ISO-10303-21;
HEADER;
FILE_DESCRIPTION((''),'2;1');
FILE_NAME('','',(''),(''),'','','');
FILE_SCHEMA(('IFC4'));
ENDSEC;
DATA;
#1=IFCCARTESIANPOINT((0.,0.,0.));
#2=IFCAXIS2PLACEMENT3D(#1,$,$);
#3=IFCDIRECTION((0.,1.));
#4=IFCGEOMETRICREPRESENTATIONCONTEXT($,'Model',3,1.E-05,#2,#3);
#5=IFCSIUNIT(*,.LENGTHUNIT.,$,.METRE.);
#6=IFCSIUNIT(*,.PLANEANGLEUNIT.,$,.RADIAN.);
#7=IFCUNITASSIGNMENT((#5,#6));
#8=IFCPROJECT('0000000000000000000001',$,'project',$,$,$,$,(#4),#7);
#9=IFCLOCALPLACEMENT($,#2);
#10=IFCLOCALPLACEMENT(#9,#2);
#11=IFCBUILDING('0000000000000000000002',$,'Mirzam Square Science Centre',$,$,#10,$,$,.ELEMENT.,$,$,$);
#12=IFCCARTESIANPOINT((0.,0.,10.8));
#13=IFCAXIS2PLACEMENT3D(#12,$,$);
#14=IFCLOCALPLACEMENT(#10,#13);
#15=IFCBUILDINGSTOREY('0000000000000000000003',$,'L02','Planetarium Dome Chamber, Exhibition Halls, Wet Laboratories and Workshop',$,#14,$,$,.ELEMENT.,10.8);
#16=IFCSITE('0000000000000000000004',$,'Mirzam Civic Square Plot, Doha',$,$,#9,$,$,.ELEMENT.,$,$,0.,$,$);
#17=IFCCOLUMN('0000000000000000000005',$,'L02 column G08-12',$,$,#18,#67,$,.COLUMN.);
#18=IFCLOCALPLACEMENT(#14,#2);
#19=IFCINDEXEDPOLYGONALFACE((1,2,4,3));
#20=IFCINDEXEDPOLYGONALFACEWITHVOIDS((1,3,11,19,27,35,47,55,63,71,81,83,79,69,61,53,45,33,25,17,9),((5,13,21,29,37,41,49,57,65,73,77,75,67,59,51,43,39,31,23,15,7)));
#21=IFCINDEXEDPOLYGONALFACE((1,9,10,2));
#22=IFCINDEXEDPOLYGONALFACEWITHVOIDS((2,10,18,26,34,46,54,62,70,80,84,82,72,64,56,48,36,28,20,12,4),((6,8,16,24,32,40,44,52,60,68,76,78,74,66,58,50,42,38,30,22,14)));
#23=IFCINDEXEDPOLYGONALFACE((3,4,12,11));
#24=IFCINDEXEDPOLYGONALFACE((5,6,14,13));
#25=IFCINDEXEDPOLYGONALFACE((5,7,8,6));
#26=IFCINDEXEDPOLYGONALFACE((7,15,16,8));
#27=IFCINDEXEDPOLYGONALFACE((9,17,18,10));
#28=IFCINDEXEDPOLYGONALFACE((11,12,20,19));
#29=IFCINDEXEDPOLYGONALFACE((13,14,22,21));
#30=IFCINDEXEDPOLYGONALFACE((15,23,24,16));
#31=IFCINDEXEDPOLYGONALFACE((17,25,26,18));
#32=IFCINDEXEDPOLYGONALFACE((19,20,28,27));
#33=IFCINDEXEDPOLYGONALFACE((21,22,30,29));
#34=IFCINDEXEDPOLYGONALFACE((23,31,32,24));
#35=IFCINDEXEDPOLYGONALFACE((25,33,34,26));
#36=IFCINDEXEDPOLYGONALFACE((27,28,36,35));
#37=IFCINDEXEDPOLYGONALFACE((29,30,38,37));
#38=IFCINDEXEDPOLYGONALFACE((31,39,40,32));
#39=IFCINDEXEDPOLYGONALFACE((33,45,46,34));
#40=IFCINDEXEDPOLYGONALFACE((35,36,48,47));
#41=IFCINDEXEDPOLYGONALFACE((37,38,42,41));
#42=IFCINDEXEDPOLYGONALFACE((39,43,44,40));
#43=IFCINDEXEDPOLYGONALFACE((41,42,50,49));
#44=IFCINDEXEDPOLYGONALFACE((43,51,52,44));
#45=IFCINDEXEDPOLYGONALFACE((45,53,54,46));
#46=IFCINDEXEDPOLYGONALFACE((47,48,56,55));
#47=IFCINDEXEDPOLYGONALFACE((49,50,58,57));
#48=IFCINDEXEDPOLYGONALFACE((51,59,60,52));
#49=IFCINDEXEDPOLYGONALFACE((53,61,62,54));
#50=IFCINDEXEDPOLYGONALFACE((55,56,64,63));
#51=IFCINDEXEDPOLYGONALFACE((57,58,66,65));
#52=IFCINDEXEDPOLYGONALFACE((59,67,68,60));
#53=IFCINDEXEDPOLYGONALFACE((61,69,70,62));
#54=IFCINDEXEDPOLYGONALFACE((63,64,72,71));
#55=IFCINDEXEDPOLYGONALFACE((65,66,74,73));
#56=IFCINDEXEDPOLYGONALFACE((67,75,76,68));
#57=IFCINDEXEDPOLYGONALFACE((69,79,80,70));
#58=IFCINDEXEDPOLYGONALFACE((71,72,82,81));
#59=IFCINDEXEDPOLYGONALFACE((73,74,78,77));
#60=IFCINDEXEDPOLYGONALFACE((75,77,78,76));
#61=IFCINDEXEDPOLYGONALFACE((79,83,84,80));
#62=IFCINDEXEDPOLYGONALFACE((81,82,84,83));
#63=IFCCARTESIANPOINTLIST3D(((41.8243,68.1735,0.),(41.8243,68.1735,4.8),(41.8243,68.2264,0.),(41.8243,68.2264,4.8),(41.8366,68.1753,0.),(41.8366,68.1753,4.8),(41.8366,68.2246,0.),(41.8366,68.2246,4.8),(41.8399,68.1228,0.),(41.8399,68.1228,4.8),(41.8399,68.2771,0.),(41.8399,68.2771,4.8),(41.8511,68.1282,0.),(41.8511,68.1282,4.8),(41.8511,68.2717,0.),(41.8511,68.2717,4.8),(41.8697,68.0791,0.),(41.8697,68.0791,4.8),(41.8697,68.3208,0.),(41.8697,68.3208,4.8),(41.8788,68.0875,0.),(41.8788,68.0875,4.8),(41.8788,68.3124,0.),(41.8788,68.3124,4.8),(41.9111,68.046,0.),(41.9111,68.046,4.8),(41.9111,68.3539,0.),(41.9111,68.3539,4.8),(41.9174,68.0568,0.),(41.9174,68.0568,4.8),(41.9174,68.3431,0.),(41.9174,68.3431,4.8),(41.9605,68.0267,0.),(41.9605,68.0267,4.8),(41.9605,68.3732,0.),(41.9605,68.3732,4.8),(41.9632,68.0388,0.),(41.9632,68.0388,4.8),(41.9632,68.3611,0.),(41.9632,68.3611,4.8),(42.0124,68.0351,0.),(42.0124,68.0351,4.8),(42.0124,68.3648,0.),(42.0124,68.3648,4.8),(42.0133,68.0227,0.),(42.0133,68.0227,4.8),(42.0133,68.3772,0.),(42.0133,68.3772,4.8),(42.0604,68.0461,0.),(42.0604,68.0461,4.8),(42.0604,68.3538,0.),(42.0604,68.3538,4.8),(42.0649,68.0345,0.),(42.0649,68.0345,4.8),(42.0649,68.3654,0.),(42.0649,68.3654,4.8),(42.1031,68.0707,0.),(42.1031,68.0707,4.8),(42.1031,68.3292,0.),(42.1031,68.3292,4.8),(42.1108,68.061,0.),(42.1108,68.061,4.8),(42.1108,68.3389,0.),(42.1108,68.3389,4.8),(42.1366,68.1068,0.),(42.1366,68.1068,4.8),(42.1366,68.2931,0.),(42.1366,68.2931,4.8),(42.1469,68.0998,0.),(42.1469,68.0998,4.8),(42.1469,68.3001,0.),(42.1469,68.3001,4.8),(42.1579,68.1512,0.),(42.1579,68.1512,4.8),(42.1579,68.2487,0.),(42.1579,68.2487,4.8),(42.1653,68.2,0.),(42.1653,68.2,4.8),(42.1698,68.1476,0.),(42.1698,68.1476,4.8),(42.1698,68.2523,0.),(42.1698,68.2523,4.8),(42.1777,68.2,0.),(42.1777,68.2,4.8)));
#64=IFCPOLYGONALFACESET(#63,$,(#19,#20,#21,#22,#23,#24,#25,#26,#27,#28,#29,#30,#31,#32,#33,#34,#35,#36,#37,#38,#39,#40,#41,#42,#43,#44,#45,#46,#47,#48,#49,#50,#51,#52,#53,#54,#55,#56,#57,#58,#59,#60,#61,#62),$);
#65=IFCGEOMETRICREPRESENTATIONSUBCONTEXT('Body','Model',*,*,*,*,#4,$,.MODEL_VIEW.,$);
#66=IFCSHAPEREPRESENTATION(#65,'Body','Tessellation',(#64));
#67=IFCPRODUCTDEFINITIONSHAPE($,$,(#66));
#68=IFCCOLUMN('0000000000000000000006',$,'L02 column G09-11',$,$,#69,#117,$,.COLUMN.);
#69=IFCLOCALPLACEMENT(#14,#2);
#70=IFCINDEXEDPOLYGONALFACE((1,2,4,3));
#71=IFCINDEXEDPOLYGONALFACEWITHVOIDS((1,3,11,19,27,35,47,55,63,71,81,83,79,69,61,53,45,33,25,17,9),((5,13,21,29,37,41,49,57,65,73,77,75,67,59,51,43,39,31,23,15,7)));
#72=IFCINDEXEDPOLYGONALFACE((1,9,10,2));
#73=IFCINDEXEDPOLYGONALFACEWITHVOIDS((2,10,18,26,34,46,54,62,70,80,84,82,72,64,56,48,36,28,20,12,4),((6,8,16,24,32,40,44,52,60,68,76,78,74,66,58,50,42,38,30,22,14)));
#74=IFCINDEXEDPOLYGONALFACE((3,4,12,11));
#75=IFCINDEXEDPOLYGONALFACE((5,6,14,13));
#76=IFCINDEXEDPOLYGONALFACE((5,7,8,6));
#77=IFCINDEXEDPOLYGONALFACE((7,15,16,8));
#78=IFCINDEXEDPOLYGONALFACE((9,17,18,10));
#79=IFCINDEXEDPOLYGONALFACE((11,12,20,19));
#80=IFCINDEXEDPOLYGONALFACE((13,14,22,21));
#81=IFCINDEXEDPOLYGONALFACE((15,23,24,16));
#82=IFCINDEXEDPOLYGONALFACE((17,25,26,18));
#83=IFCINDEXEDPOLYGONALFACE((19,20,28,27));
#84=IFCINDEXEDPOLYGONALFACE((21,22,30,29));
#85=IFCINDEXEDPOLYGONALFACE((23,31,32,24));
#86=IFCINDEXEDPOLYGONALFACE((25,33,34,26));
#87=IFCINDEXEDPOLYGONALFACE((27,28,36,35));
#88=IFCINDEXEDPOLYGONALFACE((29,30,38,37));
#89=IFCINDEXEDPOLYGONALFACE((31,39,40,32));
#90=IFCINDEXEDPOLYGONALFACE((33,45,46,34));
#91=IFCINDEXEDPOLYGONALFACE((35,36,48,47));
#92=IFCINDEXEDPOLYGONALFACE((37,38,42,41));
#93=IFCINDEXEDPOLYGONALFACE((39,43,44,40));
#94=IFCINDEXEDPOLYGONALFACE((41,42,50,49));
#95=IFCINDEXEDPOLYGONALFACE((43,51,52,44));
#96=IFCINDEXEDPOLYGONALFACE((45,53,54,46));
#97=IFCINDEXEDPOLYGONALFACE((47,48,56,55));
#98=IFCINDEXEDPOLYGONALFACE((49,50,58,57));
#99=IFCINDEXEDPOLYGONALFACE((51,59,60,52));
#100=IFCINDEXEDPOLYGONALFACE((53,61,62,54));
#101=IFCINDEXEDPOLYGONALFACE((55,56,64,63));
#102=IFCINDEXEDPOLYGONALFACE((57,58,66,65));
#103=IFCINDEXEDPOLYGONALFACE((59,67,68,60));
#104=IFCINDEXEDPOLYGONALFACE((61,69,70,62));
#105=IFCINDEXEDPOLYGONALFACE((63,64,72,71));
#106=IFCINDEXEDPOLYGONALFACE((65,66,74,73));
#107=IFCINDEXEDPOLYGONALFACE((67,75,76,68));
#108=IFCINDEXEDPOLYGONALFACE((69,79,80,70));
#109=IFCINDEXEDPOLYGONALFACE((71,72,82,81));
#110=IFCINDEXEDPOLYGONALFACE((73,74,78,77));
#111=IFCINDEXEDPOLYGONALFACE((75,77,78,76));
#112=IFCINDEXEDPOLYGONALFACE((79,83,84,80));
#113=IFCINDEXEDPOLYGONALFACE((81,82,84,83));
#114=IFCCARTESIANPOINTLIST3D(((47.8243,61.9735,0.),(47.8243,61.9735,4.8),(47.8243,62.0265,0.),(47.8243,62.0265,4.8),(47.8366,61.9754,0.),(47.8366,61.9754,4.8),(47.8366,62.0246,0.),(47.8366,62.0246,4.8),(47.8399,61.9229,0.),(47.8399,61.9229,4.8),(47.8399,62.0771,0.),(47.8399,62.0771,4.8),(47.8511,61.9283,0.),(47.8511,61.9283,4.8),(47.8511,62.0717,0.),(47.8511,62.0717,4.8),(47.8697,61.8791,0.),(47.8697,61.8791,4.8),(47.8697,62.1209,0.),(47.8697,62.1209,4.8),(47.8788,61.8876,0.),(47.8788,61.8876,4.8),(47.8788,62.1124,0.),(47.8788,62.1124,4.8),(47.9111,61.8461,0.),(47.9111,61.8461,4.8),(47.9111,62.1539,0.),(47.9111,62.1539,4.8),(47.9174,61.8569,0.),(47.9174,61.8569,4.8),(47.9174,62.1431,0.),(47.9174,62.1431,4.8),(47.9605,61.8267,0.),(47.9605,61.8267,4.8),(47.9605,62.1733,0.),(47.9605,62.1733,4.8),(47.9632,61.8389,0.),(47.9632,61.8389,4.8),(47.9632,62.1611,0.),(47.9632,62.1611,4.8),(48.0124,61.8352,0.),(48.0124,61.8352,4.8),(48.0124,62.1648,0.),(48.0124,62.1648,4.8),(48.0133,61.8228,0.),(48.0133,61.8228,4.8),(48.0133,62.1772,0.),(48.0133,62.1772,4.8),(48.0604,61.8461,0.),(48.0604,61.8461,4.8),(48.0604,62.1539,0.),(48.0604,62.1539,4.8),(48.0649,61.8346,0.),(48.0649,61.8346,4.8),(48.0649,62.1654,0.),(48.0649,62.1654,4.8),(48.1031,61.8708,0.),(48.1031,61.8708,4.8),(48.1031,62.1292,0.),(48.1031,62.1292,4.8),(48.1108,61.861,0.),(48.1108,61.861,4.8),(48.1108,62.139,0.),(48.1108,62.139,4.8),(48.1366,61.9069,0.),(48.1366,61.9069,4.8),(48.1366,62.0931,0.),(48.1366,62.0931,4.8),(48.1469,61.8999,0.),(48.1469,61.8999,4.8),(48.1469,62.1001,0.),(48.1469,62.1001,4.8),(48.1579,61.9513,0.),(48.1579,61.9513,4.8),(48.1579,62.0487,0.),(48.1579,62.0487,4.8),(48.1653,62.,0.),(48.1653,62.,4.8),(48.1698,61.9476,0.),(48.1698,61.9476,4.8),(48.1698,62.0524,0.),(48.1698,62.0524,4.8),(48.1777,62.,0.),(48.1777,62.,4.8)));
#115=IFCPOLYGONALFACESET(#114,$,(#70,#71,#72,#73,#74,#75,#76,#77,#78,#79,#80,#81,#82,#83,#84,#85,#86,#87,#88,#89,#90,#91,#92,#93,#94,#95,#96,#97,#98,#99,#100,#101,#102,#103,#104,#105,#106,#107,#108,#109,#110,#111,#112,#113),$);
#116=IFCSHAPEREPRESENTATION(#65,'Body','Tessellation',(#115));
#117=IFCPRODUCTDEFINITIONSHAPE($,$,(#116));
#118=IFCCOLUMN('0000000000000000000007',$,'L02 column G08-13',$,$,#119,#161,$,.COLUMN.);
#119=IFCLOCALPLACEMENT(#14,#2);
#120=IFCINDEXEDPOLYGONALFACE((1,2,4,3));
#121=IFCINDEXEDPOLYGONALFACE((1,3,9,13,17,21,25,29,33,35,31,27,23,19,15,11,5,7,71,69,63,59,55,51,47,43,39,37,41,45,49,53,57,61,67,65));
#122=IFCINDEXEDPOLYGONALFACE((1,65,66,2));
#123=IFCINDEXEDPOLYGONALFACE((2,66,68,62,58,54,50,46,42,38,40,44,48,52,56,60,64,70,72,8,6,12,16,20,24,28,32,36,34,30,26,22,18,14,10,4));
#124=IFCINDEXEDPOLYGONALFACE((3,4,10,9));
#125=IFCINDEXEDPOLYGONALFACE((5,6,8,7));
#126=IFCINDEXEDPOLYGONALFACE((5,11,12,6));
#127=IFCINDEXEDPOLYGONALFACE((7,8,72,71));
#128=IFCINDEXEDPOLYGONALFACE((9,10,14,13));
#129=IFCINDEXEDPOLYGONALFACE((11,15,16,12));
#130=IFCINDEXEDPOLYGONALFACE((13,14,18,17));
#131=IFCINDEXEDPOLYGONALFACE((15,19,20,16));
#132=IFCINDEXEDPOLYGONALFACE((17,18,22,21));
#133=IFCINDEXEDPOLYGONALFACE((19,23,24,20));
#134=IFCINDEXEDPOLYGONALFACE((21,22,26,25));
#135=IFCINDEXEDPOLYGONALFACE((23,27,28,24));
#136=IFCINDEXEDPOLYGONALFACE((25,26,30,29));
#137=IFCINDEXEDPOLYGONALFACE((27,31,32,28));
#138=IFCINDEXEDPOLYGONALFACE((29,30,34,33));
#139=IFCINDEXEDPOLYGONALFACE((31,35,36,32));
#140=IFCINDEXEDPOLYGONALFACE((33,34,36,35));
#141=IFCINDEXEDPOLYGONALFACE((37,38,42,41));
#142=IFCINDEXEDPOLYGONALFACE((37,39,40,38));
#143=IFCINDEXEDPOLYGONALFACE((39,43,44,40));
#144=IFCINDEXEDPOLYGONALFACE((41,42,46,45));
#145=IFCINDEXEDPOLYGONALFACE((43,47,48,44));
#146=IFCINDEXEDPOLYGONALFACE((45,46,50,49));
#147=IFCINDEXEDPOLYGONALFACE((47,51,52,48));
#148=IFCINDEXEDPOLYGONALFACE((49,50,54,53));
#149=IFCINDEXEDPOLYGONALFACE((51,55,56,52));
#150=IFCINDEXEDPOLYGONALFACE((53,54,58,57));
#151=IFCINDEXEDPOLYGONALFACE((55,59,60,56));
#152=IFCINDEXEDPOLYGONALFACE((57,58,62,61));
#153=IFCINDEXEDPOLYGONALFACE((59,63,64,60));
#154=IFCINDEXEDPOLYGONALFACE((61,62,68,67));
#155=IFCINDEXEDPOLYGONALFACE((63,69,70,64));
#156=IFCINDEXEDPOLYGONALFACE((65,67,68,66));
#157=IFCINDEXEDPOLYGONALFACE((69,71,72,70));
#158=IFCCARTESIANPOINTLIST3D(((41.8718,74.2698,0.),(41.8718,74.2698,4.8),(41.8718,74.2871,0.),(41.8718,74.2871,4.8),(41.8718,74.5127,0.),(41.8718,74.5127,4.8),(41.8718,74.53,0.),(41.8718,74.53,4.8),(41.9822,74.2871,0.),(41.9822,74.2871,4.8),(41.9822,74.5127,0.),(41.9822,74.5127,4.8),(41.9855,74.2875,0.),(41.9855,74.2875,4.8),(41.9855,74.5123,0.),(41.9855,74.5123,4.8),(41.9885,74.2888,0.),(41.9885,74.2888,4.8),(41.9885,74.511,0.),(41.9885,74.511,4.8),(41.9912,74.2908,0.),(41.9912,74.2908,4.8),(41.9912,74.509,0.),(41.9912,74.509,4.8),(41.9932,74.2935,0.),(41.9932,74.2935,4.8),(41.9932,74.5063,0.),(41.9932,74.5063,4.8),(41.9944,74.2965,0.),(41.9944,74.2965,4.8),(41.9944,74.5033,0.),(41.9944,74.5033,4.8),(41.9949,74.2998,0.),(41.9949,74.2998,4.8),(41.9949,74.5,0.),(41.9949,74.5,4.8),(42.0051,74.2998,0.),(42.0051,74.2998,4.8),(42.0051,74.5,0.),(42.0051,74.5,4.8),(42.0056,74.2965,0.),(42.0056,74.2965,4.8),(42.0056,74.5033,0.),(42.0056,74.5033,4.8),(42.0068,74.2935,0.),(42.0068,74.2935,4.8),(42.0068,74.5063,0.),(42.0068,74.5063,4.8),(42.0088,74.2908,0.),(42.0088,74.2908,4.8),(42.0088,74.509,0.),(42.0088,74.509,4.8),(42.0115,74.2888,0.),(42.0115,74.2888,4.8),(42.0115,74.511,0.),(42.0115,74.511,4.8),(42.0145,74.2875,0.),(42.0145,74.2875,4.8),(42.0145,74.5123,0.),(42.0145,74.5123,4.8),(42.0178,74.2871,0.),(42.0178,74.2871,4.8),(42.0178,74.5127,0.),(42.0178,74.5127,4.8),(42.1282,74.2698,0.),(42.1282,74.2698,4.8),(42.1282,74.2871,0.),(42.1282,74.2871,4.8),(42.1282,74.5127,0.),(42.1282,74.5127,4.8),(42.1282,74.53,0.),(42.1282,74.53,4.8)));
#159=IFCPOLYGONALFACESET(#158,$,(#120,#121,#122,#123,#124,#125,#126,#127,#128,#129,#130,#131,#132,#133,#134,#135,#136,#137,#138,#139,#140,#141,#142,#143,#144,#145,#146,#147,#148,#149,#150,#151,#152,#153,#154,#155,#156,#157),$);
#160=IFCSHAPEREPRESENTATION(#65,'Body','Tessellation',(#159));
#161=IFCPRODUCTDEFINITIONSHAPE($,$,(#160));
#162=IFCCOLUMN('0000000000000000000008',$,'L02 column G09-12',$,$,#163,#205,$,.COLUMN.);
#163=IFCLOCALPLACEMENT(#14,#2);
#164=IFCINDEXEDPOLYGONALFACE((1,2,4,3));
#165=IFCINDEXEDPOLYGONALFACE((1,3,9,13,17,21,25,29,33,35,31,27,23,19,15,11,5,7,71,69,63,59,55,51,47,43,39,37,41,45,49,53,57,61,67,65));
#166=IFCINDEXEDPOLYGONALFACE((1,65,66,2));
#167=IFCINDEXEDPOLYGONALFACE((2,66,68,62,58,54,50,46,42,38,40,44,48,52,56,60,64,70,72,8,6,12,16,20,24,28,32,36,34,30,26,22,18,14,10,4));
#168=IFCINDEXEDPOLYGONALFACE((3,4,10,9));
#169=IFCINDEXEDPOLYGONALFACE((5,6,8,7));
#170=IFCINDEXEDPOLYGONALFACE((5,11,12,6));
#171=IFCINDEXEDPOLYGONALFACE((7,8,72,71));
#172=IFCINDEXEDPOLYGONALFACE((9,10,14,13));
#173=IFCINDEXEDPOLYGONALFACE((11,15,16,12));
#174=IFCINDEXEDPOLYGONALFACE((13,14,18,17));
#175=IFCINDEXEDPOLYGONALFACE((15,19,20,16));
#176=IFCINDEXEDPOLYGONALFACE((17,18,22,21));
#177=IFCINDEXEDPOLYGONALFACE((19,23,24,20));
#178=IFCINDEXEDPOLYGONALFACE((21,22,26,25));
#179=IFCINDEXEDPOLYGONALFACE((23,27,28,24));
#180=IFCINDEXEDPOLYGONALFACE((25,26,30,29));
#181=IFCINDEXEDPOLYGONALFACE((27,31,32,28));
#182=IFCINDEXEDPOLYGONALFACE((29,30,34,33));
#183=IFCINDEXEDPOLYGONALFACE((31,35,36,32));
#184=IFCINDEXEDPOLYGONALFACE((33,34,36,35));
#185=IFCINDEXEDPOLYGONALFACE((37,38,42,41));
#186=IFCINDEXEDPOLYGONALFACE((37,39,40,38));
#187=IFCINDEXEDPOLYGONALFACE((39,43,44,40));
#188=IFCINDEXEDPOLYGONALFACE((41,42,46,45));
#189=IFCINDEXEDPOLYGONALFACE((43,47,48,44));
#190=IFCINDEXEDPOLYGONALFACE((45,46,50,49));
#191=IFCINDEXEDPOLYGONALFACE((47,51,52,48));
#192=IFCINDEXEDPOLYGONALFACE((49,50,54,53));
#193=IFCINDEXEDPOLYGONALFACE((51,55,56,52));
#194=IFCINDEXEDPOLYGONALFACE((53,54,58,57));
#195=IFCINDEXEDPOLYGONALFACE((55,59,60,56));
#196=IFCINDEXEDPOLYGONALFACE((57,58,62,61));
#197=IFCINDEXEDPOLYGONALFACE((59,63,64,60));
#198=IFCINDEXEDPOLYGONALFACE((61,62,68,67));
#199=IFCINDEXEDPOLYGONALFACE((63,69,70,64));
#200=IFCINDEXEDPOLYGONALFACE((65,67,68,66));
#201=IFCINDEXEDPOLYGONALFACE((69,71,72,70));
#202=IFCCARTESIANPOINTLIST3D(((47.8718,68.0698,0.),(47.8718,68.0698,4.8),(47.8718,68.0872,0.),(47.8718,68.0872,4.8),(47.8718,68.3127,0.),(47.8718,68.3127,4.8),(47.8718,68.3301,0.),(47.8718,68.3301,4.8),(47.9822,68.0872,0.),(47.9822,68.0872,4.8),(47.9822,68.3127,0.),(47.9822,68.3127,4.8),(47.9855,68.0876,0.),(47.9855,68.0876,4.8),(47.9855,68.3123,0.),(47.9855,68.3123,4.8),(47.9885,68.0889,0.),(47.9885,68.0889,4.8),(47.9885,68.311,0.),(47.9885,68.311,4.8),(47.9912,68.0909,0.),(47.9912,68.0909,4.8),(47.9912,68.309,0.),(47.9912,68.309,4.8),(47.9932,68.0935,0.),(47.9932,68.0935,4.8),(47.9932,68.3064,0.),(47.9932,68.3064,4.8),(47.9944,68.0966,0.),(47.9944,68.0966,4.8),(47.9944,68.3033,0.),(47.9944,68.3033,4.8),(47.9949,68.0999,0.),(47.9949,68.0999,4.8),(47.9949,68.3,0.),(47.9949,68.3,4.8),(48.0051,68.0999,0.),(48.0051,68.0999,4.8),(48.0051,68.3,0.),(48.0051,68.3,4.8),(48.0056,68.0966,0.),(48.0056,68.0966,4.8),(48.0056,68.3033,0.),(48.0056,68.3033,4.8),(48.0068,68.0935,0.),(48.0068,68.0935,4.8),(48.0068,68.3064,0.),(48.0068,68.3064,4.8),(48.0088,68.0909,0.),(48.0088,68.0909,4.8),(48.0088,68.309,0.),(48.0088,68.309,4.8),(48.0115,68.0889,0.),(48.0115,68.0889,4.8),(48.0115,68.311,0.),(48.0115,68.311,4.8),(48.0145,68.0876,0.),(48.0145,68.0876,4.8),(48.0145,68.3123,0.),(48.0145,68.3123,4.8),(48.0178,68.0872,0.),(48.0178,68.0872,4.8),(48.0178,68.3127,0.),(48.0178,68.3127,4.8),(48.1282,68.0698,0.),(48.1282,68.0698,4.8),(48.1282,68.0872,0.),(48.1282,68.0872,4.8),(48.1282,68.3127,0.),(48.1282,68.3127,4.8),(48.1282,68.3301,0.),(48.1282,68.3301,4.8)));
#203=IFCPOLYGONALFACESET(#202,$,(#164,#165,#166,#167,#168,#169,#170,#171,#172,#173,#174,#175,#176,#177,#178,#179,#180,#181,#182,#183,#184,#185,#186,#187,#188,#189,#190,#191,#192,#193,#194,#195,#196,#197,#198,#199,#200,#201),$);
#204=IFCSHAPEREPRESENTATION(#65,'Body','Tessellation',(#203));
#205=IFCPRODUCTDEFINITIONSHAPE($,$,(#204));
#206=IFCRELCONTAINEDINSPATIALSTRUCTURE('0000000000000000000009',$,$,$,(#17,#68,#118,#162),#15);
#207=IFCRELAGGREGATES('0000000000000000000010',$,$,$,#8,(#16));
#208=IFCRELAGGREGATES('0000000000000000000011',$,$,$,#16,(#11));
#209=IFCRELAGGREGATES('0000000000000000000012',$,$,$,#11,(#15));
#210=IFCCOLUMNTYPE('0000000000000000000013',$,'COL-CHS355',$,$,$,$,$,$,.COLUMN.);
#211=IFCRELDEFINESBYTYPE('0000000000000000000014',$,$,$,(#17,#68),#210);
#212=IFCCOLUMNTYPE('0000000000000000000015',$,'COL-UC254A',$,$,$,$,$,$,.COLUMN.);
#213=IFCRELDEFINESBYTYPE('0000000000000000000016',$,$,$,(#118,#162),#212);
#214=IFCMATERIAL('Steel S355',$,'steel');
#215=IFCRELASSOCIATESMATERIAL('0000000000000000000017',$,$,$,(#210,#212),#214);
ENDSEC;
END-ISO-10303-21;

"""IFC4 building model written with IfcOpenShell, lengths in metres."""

from ifc_helpers import new_model, si_unit, direction, frame, origin, origin_2d, place, context, subcontext, project, spatial, hollow_circle, i_section, extrude, material, material_profile, profile_set, type_object, element, save


model = new_model("IFC4")

# Units and contexts
model_context = context("Model", 3, precision=1e-05, world=origin(), true_north=direction((0.0, 1.0)))
body_context = subcontext(model_context, "Body", "Model", "MODEL_VIEW")
ifc_project = project(units=[si_unit("LENGTHUNIT", "METRE"), si_unit("PLANEANGLEUNIT", "RADIAN")], contexts=[model_context])

# Site, building, storey
site_placement = place(None, origin())
site = spatial("IfcSite", under=ifc_project, at=site_placement, Name="Mirzam Civic Square Plot, Doha", CompositionType="ELEMENT", RefElevation=0.0)
building_placement = place(site_placement, origin())
building = spatial("IfcBuilding", under=site, at=building_placement, Name="Mirzam Square Science Centre", CompositionType="ELEMENT")
storey_placement = place(building_placement, frame((0.0, 0.0, 10.8)))
storey = spatial("IfcBuildingStorey", under=building, at=storey_placement, Name="L02", Description="Planetarium Dome Chamber, Exhibition Halls, Wet Laboratories and Workshop", CompositionType="ELEMENT", Elevation=10.8)

# Columns
ifc_material_1 = material(Name="Steel S355", Category="steel")
ifc_material_profile_1 = material_profile(ifc_material_1, hollow_circle(Radius=0.1777, WallThickness=0.0125, at=origin_2d()), Name="355.6x12.5CHS")
ifc_profile_set_1 = profile_set([ifc_material_profile_1], Name="Steel S355")
column_type_1 = type_object("IfcColumnType", Name="COL-CHS355", PredefinedType="COLUMN", material=ifc_profile_set_1)
for number, where, z_axis, x_axis, name in (
    (1, (42.0, 68.2, 0.0), (0.0, 0.0, 1.0), (1.0, 0.0, 0.0), "L02 column G08-12"),
    (2, (48.0, 62.0, 0.0), (0.0, 0.0, 1.0), (1.0, 0.0, 0.0), "L02 column G09-11"),
):
    element("IfcColumn", number, at=place(storey_placement, frame(where, z_axis=z_axis, x_axis=x_axis)), inside=storey, type_object=column_type_1, Name=name, PredefinedType="COLUMN", context=body_context, shape_type="SweptSolid", body=[
        extrude(hollow_circle(Radius=0.1777, WallThickness=0.0125, at=origin_2d()), origin(), (0.0, 0.0, 1.0), 4.8),
    ])
ifc_material_profile_2 = material_profile(ifc_material_1, i_section(OverallWidth=0.2563, OverallDepth=0.2603, WebThickness=0.0103, FlangeThickness=0.0173, FilletRadius=0.0127, at=origin_2d()), Name="254x254x89UC")
ifc_profile_set_2 = profile_set([ifc_material_profile_2], Name="Steel S355")
column_type_2 = type_object("IfcColumnType", Name="COL-UC254A", PredefinedType="COLUMN", material=ifc_profile_set_2)
for number, where, z_axis, x_axis, name in (
    (3, (42.0, 74.3999, 0.0), (0.0, 0.0, 1.0), (1.0, 0.0, 0.0), "L02 column G08-13"),
    (4, (48.0, 68.2, 0.0), (0.0, 0.0, 1.0), (1.0, 0.0, 0.0), "L02 column G09-12"),
):
    element("IfcColumn", number, at=place(storey_placement, frame(where, z_axis=z_axis, x_axis=x_axis)), inside=storey, type_object=column_type_2, Name=name, PredefinedType="COLUMN", context=body_context, shape_type="SweptSolid", body=[
        extrude(i_section(OverallWidth=0.2563, OverallDepth=0.2603, WebThickness=0.0103, FlangeThickness=0.0173, FilletRadius=0.0127, at=origin_2d()), origin(), (0.0, 0.0, 1.0), 4.8),
    ])

save(model, "model.ifc")
